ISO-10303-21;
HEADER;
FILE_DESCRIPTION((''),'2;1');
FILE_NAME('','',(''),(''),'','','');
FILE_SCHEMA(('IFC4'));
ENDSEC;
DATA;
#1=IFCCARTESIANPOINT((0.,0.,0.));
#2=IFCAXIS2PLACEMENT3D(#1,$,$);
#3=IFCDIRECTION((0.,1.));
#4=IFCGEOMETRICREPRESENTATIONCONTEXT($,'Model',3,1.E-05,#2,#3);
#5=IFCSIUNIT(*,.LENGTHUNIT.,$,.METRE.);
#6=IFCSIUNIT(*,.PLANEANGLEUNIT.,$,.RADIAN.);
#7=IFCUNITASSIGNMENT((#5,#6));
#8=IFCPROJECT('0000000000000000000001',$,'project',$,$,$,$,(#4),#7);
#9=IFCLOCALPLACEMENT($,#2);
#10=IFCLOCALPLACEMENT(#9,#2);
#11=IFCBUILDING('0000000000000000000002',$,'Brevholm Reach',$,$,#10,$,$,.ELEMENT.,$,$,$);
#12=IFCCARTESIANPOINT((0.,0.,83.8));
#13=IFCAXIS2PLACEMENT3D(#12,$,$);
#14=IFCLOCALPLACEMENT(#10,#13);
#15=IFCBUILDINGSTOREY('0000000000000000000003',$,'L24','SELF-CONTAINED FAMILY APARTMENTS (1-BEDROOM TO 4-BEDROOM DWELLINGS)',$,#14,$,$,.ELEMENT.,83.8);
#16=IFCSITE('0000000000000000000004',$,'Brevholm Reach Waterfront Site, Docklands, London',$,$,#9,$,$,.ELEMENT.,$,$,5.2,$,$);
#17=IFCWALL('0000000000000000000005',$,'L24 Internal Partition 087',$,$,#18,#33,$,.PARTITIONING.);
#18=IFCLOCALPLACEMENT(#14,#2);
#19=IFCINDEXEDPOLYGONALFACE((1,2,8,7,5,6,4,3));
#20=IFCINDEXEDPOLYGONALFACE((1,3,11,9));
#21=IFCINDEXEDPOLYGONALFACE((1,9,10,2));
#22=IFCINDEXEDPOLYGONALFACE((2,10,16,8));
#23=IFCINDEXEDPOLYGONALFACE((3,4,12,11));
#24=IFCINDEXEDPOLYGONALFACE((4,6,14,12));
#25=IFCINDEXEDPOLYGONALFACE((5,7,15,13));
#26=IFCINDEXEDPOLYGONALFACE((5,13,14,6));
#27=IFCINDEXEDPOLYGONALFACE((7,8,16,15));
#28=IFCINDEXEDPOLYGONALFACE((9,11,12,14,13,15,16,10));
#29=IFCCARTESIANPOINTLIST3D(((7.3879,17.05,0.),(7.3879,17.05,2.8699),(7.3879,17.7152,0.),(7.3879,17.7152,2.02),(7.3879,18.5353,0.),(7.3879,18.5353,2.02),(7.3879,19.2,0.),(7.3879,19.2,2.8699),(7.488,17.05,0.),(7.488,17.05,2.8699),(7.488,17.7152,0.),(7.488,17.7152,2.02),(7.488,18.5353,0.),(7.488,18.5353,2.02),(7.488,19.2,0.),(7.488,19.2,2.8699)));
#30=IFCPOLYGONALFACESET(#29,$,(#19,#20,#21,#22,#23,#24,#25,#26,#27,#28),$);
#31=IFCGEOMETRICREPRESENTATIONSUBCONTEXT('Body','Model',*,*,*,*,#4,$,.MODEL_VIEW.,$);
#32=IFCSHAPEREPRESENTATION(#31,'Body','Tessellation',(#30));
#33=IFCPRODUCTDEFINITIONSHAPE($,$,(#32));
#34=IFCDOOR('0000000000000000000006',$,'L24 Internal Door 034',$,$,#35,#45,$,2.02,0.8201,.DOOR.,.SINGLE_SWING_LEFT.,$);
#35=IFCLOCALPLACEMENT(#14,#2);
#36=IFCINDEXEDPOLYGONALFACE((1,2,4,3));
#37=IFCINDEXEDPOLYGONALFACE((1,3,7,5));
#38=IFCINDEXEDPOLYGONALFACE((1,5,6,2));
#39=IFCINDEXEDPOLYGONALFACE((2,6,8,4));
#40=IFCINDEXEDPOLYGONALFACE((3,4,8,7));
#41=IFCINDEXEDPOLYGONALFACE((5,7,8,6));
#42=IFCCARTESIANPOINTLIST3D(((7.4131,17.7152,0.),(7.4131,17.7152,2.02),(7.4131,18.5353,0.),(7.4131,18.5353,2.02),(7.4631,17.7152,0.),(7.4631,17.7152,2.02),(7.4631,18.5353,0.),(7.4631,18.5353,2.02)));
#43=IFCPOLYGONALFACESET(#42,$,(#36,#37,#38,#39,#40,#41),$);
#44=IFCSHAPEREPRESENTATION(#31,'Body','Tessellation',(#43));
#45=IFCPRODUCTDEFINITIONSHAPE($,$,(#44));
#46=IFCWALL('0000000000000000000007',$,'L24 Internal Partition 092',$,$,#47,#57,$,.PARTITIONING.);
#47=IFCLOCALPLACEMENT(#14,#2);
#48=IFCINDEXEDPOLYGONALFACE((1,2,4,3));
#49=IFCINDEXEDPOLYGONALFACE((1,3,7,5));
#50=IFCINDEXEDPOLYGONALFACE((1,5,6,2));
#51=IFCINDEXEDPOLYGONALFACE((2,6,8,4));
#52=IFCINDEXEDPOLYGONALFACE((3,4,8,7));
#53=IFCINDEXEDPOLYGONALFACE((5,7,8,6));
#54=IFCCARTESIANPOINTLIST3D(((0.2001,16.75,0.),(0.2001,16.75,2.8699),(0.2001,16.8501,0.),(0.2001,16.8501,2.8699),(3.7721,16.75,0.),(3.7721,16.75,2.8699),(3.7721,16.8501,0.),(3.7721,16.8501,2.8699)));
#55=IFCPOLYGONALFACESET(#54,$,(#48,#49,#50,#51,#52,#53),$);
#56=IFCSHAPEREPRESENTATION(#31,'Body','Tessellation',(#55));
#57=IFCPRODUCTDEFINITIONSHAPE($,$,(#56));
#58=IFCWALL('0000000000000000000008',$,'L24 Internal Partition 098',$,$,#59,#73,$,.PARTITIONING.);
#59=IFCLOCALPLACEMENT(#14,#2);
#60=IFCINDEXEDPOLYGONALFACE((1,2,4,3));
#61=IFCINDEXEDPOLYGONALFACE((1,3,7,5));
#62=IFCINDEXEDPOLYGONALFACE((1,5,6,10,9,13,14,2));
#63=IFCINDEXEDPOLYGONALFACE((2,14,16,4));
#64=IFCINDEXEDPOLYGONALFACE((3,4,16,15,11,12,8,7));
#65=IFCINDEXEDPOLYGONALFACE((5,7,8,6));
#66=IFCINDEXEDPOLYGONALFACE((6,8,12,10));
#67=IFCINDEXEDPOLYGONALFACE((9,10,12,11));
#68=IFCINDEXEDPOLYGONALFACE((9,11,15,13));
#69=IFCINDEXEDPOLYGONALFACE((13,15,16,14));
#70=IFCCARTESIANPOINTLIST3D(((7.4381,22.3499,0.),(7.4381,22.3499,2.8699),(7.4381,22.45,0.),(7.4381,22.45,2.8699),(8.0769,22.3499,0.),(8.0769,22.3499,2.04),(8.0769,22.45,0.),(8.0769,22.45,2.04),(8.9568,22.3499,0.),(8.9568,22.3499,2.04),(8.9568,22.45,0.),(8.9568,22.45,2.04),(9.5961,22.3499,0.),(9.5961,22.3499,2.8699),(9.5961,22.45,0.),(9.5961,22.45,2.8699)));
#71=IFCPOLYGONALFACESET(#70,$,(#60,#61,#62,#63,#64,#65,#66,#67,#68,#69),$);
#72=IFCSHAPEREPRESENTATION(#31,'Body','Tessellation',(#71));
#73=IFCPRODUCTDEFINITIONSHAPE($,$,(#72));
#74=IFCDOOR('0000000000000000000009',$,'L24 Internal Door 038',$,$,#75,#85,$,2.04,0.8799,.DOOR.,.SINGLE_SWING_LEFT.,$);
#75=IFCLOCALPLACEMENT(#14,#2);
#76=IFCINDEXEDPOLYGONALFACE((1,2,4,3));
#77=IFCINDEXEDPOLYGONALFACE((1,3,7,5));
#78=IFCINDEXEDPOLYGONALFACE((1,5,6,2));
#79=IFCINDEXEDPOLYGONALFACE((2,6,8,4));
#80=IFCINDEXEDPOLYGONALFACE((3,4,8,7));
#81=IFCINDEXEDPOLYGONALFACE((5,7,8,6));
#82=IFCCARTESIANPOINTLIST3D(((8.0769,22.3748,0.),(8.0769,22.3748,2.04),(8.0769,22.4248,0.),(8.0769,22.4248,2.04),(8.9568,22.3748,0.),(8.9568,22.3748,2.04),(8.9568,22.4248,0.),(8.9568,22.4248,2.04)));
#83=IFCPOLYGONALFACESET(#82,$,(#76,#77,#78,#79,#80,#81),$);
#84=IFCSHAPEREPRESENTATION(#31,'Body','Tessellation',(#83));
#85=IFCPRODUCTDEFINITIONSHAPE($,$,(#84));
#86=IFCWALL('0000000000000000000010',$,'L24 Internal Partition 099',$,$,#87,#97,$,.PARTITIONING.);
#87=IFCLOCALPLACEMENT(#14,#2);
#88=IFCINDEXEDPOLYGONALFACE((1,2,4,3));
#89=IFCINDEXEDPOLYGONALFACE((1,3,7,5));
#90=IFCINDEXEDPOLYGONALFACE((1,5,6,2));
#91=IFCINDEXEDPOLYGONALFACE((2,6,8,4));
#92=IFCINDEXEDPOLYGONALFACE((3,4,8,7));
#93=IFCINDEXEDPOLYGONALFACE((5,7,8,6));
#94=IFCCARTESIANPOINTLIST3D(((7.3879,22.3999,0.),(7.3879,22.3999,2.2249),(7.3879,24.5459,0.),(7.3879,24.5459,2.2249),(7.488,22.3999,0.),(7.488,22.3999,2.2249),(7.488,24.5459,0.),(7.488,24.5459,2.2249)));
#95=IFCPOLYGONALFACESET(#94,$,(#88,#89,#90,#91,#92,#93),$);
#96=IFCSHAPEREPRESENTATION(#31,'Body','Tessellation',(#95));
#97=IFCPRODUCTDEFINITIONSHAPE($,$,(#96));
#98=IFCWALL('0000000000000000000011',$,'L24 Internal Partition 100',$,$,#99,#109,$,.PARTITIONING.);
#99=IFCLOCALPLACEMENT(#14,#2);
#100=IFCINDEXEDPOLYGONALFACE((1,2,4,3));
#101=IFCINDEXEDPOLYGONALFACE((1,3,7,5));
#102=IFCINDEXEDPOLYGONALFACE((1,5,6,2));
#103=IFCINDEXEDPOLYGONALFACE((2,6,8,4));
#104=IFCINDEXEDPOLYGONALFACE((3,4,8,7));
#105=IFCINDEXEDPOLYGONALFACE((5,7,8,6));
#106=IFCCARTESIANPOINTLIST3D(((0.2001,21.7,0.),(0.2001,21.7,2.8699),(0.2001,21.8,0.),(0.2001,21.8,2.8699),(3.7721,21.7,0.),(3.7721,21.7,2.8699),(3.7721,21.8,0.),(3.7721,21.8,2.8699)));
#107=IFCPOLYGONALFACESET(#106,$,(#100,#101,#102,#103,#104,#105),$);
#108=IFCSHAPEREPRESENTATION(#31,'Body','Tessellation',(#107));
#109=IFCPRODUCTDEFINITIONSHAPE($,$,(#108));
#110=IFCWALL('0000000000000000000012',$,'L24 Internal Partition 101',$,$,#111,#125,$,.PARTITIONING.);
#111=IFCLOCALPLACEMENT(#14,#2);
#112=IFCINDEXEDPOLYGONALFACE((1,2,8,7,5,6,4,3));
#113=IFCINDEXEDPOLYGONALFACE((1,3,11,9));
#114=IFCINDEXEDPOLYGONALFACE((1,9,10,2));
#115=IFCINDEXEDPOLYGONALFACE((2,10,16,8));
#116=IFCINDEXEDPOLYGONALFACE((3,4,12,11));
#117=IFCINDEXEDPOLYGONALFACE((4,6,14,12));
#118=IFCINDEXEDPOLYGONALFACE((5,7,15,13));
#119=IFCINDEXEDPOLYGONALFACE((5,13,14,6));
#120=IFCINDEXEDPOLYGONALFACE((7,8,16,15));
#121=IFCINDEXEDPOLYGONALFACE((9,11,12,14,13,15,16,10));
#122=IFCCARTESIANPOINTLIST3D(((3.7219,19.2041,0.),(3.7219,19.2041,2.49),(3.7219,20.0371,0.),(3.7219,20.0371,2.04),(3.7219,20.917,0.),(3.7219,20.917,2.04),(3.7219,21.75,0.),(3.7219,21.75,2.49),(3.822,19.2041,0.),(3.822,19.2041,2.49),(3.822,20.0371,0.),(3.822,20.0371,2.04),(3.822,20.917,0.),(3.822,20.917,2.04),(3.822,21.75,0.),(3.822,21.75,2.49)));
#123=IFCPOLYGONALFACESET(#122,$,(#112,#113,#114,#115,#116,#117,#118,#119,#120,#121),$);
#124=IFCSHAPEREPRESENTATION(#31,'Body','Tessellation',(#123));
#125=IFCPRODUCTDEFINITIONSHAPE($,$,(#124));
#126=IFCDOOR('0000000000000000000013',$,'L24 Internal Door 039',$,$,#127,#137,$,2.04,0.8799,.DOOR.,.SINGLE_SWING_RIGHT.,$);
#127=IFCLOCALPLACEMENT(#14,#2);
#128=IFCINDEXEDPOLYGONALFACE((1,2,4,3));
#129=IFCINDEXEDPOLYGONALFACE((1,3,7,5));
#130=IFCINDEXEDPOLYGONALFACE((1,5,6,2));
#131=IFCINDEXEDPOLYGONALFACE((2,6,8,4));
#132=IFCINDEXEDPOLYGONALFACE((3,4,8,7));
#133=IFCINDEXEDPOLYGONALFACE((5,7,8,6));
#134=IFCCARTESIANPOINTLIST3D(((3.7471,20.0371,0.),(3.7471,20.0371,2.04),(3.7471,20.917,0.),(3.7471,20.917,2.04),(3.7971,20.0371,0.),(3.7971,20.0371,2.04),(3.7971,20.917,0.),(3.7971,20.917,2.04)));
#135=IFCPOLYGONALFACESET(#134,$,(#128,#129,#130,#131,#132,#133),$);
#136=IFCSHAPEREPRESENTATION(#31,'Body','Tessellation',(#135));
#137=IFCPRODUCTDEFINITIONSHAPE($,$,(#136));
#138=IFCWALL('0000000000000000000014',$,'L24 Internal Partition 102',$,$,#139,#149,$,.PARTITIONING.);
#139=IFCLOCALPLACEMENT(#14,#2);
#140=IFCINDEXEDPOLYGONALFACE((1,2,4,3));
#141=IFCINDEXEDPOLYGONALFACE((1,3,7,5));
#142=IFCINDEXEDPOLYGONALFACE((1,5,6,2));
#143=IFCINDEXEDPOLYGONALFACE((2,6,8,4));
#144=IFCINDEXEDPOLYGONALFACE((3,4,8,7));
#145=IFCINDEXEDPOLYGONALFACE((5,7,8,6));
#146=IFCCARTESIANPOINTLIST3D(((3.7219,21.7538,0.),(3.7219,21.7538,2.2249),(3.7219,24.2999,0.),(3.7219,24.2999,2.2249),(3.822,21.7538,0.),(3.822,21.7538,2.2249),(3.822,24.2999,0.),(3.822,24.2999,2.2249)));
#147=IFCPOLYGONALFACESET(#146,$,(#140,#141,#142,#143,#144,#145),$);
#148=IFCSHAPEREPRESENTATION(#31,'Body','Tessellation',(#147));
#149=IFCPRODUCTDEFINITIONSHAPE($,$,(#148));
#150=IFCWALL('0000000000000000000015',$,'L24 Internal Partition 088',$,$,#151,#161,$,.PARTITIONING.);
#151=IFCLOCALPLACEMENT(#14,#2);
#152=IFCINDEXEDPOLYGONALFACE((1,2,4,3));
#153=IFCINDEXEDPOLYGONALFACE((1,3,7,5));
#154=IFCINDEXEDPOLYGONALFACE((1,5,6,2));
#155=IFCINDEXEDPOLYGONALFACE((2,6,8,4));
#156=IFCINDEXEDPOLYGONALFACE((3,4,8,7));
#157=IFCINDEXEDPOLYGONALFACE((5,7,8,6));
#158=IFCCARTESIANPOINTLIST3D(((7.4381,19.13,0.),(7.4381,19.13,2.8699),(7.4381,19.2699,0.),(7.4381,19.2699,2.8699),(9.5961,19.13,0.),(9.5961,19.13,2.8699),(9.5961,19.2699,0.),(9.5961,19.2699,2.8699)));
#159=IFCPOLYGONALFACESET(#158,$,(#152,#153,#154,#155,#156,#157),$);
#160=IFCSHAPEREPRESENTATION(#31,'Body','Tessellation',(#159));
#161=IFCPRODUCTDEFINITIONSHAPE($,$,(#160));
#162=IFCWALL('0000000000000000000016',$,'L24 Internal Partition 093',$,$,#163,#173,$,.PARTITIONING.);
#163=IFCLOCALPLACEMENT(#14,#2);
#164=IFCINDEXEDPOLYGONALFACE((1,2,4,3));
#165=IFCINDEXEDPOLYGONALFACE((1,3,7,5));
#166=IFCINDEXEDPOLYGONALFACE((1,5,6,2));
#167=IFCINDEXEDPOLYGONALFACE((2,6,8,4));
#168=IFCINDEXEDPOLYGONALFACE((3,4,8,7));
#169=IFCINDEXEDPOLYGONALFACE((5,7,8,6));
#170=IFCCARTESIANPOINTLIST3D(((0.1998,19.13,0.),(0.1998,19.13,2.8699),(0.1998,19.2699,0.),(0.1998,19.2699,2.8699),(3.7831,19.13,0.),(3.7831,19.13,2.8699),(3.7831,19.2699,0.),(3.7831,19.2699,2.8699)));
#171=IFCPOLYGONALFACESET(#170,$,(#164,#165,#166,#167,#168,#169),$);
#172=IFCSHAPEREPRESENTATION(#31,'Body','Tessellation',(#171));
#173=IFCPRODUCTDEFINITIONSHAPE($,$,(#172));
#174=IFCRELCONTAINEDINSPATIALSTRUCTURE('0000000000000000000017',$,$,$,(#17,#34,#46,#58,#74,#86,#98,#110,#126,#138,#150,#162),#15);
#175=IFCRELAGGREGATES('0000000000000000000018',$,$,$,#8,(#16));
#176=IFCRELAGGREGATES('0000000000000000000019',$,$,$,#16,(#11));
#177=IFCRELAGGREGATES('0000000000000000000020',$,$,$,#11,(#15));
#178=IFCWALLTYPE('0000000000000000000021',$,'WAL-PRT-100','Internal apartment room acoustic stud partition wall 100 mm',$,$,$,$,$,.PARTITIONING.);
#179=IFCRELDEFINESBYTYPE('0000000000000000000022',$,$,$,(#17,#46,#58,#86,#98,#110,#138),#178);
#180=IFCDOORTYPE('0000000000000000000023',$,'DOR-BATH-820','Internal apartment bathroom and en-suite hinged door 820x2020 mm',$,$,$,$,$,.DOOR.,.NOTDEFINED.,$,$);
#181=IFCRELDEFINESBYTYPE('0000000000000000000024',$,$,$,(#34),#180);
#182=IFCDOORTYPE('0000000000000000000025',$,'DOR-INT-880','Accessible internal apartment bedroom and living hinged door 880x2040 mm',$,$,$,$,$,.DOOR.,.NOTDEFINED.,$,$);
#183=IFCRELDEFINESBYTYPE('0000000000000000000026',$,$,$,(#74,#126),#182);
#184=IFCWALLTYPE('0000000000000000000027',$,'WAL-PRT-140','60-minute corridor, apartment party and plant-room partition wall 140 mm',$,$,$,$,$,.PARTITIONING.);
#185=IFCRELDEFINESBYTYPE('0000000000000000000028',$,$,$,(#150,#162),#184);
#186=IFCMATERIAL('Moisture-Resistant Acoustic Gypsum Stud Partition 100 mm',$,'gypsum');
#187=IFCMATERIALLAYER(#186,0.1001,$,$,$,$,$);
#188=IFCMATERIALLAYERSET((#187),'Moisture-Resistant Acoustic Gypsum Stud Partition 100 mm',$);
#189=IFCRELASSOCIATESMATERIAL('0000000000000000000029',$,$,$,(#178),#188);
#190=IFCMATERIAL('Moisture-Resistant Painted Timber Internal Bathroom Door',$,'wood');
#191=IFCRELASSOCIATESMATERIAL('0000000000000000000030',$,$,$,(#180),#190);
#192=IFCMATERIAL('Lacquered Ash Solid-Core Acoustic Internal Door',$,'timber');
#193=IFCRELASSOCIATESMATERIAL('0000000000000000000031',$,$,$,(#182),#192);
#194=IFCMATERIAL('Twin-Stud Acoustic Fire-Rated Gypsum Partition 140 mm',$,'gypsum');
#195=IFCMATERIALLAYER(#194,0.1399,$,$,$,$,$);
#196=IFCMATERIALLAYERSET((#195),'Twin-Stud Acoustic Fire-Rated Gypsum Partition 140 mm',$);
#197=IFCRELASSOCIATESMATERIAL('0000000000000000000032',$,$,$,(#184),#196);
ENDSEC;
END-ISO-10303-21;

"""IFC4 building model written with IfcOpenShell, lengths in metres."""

from ifc_helpers import new_model, si_unit, direction, frame, frame_2d, origin, place, context, subcontext, project, spatial, rectangle, extrude, material, layer, layer_set, type_object, element, fill, save


model = new_model("IFC4")

# Units and contexts
model_context = context("Model", 3, precision=1e-05, world=origin(), true_north=direction((0.0, 1.0)))
body_context = subcontext(model_context, "Body", "Model", "MODEL_VIEW")
ifc_project = project(units=[si_unit("LENGTHUNIT", "METRE"), si_unit("PLANEANGLEUNIT", "RADIAN")], contexts=[model_context])

# Site, building, storey
site_placement = place(None, origin())
site = spatial("IfcSite", under=ifc_project, at=site_placement, Name="Brevholm Reach Waterfront Site, Docklands, London", CompositionType="ELEMENT", RefElevation=5.2)
building_placement = place(site_placement, origin())
building = spatial("IfcBuilding", under=site, at=building_placement, Name="Brevholm Reach", CompositionType="ELEMENT")
storey_placement = place(building_placement, frame((0.0, 0.0, 83.8)))
storey = spatial("IfcBuildingStorey", under=building, at=storey_placement, Name="L24", Description="SELF-CONTAINED FAMILY APARTMENTS (1-BEDROOM TO 4-BEDROOM DWELLINGS)", CompositionType="ELEMENT", Elevation=83.8)

# Shared definitions
ifc_material_1 = material(Name="Moisture-Resistant Acoustic Gypsum Stud Partition 100 mm", Category="gypsum")
ifc_layer_1 = layer(ifc_material_1, 0.1001)
ifc_layer_set_1 = layer_set([ifc_layer_1], Name="Moisture-Resistant Acoustic Gypsum Stud Partition 100 mm")
wall_type_1 = type_object("IfcWallType", Name="WAL-PRT-100", Description="Internal apartment room acoustic stud partition wall 100 mm", PredefinedType="PARTITIONING", material=ifc_layer_set_1)

# Wall, opening, door
wall_1_placement = place(storey_placement, frame((7.438, 17.05, 0.0), z_axis=(0.0, 0.0, 1.0), x_axis=(0.0, 1.0, 0.0)))
wall_1 = element("IfcWall", 1, at=wall_1_placement, inside=storey, type_object=wall_type_1, Name="L24 Internal Partition 087", PredefinedType="PARTITIONING", context=body_context, shape_type="SweptSolid", body=[
    extrude(rectangle(XDim=2.1499, YDim=0.1001, at=frame_2d((1.075, 0.0))), origin(), (0.0, 0.0, 1.0), 2.8699),
])
opening_1_placement = place(wall_1_placement, frame((0.665, 0.0, 0.0)))
opening_1 = element("IfcOpeningElement", 2, at=opening_1_placement, cuts=wall_1, PredefinedType="OPENING", context=body_context, shape_type="SweptSolid", body=[
    extrude(rectangle(XDim=0.8201, YDim=2.02, at=frame_2d((0.4102, 1.01))), frame((0.0, 0.0601, 0.0), z_axis=(0.0, -1.0, 0.0), x_axis=(1.0, 0.0, 0.0)), (0.0, 0.0, 1.0), 0.1201),
])
ifc_material_2 = material(Name="Moisture-Resistant Painted Timber Internal Bathroom Door", Category="wood")
door_type_1 = type_object("IfcDoorType", Name="DOR-BATH-820", Description="Internal apartment bathroom and en-suite hinged door 820x2020 mm", OperationType="NOTDEFINED", PredefinedType="DOOR", material=ifc_material_2)
door_1_placement = place(opening_1_placement, origin())
door_1 = element("IfcDoor", 3, at=door_1_placement, inside=storey, type_object=door_type_1, Name="L24 Internal Door 034", OperationType="SINGLE_SWING_LEFT", OverallHeight=2.02, OverallWidth=0.8201, PredefinedType="DOOR", context=body_context, shape_type="SweptSolid", body=[
    extrude(rectangle(XDim=0.8201, YDim=2.02, at=frame_2d((0.4102, 1.01))), frame((0.0, 0.0249, 0.0), z_axis=(0.0, -1.0, 0.0), x_axis=(1.0, 0.0, 0.0)), (0.0, 0.0, 1.0), 0.05),
])
fill(opening_1, door_1)

# Wall
wall_2_placement = place(storey_placement, frame((0.2, 16.8, 0.0), z_axis=(0.0, 0.0, 1.0), x_axis=(1.0, 0.0, 0.0)))
element("IfcWall", 4, at=wall_2_placement, inside=storey, type_object=wall_type_1, Name="L24 Internal Partition 092", PredefinedType="PARTITIONING", context=body_context, shape_type="SweptSolid", body=[
    extrude(rectangle(XDim=3.572, YDim=0.1001, at=frame_2d((1.7861, 0.0))), origin(), (0.0, 0.0, 1.0), 2.8699),
])

# Wall, opening, door
wall_3_placement = place(storey_placement, frame((7.438, 22.3999, 0.0), z_axis=(0.0, 0.0, 1.0), x_axis=(1.0, 0.0, 0.0)))
wall_3 = element("IfcWall", 5, at=wall_3_placement, inside=storey, type_object=wall_type_1, Name="L24 Internal Partition 098", PredefinedType="PARTITIONING", context=body_context, shape_type="SweptSolid", body=[
    extrude(rectangle(XDim=2.158, YDim=0.1001, at=frame_2d((1.0791, 0.0))), origin(), (0.0, 0.0, 1.0), 2.8699),
])
opening_2_placement = place(wall_3_placement, frame((0.6389, 0.0, 0.0)))
opening_2 = element("IfcOpeningElement", 6, at=opening_2_placement, cuts=wall_3, PredefinedType="OPENING", context=body_context, shape_type="SweptSolid", body=[
    extrude(rectangle(XDim=0.8799, YDim=2.04, at=frame_2d((0.4399, 1.02))), frame((0.0, 0.0601, 0.0), z_axis=(0.0, -1.0, 0.0), x_axis=(1.0, 0.0, 0.0)), (0.0, 0.0, 1.0), 0.1201),
])
ifc_material_3 = material(Name="Lacquered Ash Solid-Core Acoustic Internal Door", Category="timber")
door_type_2 = type_object("IfcDoorType", Name="DOR-INT-880", Description="Accessible internal apartment bedroom and living hinged door 880x2040 mm", OperationType="NOTDEFINED", PredefinedType="DOOR", material=ifc_material_3)
door_2_placement = place(opening_2_placement, origin())
door_2 = element("IfcDoor", 7, at=door_2_placement, inside=storey, type_object=door_type_2, Name="L24 Internal Door 038", OperationType="SINGLE_SWING_LEFT", OverallHeight=2.04, OverallWidth=0.8799, PredefinedType="DOOR", context=body_context, shape_type="SweptSolid", body=[
    extrude(rectangle(XDim=0.8799, YDim=2.04, at=frame_2d((0.4399, 1.02))), frame((0.0, 0.0249, 0.0), z_axis=(0.0, -1.0, 0.0), x_axis=(1.0, 0.0, 0.0)), (0.0, 0.0, 1.0), 0.05),
])
fill(opening_2, door_2)

# Walls
wall_4_placement = place(storey_placement, frame((7.438, 22.3999, 0.0), z_axis=(0.0, 0.0, 1.0), x_axis=(0.0, 1.0, 0.0)))
element("IfcWall", 8, at=wall_4_placement, inside=storey, type_object=wall_type_1, Name="L24 Internal Partition 099", PredefinedType="PARTITIONING", context=body_context, shape_type="SweptSolid", body=[
    extrude(rectangle(XDim=2.146, YDim=0.1001, at=frame_2d((1.073, 0.0))), origin(), (0.0, 0.0, 1.0), 2.2249),
])
wall_5_placement = place(storey_placement, frame((0.2, 21.75, 0.0), z_axis=(0.0, 0.0, 1.0), x_axis=(1.0, 0.0, 0.0)))
element("IfcWall", 9, at=wall_5_placement, inside=storey, type_object=wall_type_1, Name="L24 Internal Partition 100", PredefinedType="PARTITIONING", context=body_context, shape_type="SweptSolid", body=[
    extrude(rectangle(XDim=3.572, YDim=0.1001, at=frame_2d((1.7861, 0.0))), origin(), (0.0, 0.0, 1.0), 2.8699),
])

# Wall, opening, door
wall_6_placement = place(storey_placement, frame((3.772, 19.2041, 0.0), z_axis=(0.0, 0.0, 1.0), x_axis=(0.0, 1.0, 0.0)))
wall_6 = element("IfcWall", 10, at=wall_6_placement, inside=storey, type_object=wall_type_1, Name="L24 Internal Partition 101", PredefinedType="PARTITIONING", context=body_context, shape_type="SweptSolid", body=[
    extrude(rectangle(XDim=2.5459, YDim=0.1001, at=frame_2d((1.2729, 0.0))), origin(), (0.0, 0.0, 1.0), 2.49),
])
opening_3_placement = place(wall_6_placement, frame((0.833, 0.0, 0.0)))
opening_3 = element("IfcOpeningElement", 11, at=opening_3_placement, cuts=wall_6, PredefinedType="OPENING", context=body_context, shape_type="SweptSolid", body=[
    extrude(rectangle(XDim=0.8799, YDim=2.04, at=frame_2d((0.4399, 1.02))), frame((0.0, 0.0601, 0.0), z_axis=(0.0, -1.0, 0.0), x_axis=(1.0, 0.0, 0.0)), (0.0, 0.0, 1.0), 0.1201),
])
door_3_placement = place(opening_3_placement, origin())
door_3 = element("IfcDoor", 12, at=door_3_placement, inside=storey, type_object=door_type_2, Name="L24 Internal Door 039", OperationType="SINGLE_SWING_RIGHT", OverallHeight=2.04, OverallWidth=0.8799, PredefinedType="DOOR", context=body_context, shape_type="SweptSolid", body=[
    extrude(rectangle(XDim=0.8799, YDim=2.04, at=frame_2d((0.4399, 1.02))), frame((0.0, 0.0249, 0.0), z_axis=(0.0, -1.0, 0.0), x_axis=(1.0, 0.0, 0.0)), (0.0, 0.0, 1.0), 0.05),
])
fill(opening_3, door_3)

# Walls
wall_7_placement = place(storey_placement, frame((3.772, 21.7539, 0.0), z_axis=(0.0, 0.0, 1.0), x_axis=(0.0, 1.0, 0.0)))
element("IfcWall", 13, at=wall_7_placement, inside=storey, type_object=wall_type_1, Name="L24 Internal Partition 102", PredefinedType="PARTITIONING", context=body_context, shape_type="SweptSolid", body=[
    extrude(rectangle(XDim=2.5461, YDim=0.1001, at=frame_2d((1.2729, 0.0))), origin(), (0.0, 0.0, 1.0), 2.2249),
])
ifc_material_4 = material(Name="Twin-Stud Acoustic Fire-Rated Gypsum Partition 140 mm", Category="gypsum")
ifc_layer_2 = layer(ifc_material_4, 0.1399)
ifc_layer_set_2 = layer_set([ifc_layer_2], Name="Twin-Stud Acoustic Fire-Rated Gypsum Partition 140 mm")
wall_type_2 = type_object("IfcWallType", Name="WAL-PRT-140", Description="60-minute corridor, apartment party and plant-room partition wall 140 mm", PredefinedType="PARTITIONING", material=ifc_layer_set_2)
wall_8_placement = place(storey_placement, frame((7.438, 19.2, 0.0), z_axis=(0.0, 0.0, 1.0), x_axis=(1.0, 0.0, 0.0)))
element("IfcWall", 14, at=wall_8_placement, inside=storey, type_object=wall_type_2, Name="L24 Internal Partition 088", PredefinedType="PARTITIONING", context=body_context, shape_type="SweptSolid", body=[
    extrude(rectangle(XDim=2.158, YDim=0.1399, at=frame_2d((1.0791, 0.0))), origin(), (0.0, 0.0, 1.0), 2.8699),
])
wall_9_placement = place(storey_placement, frame((0.2, 19.2, 0.0), z_axis=(0.0, 0.0, 1.0), x_axis=(1.0, 0.0, 0.0)))
element("IfcWall", 15, at=wall_9_placement, inside=storey, type_object=wall_type_2, Name="L24 Internal Partition 093", PredefinedType="PARTITIONING", context=body_context, shape_type="SweptSolid", body=[
    extrude(rectangle(XDim=3.5833, YDim=0.1399, at=frame_2d((1.7915, 0.0))), origin(), (0.0, 0.0, 1.0), 2.8699),
])

save(model, "model.ifc")
